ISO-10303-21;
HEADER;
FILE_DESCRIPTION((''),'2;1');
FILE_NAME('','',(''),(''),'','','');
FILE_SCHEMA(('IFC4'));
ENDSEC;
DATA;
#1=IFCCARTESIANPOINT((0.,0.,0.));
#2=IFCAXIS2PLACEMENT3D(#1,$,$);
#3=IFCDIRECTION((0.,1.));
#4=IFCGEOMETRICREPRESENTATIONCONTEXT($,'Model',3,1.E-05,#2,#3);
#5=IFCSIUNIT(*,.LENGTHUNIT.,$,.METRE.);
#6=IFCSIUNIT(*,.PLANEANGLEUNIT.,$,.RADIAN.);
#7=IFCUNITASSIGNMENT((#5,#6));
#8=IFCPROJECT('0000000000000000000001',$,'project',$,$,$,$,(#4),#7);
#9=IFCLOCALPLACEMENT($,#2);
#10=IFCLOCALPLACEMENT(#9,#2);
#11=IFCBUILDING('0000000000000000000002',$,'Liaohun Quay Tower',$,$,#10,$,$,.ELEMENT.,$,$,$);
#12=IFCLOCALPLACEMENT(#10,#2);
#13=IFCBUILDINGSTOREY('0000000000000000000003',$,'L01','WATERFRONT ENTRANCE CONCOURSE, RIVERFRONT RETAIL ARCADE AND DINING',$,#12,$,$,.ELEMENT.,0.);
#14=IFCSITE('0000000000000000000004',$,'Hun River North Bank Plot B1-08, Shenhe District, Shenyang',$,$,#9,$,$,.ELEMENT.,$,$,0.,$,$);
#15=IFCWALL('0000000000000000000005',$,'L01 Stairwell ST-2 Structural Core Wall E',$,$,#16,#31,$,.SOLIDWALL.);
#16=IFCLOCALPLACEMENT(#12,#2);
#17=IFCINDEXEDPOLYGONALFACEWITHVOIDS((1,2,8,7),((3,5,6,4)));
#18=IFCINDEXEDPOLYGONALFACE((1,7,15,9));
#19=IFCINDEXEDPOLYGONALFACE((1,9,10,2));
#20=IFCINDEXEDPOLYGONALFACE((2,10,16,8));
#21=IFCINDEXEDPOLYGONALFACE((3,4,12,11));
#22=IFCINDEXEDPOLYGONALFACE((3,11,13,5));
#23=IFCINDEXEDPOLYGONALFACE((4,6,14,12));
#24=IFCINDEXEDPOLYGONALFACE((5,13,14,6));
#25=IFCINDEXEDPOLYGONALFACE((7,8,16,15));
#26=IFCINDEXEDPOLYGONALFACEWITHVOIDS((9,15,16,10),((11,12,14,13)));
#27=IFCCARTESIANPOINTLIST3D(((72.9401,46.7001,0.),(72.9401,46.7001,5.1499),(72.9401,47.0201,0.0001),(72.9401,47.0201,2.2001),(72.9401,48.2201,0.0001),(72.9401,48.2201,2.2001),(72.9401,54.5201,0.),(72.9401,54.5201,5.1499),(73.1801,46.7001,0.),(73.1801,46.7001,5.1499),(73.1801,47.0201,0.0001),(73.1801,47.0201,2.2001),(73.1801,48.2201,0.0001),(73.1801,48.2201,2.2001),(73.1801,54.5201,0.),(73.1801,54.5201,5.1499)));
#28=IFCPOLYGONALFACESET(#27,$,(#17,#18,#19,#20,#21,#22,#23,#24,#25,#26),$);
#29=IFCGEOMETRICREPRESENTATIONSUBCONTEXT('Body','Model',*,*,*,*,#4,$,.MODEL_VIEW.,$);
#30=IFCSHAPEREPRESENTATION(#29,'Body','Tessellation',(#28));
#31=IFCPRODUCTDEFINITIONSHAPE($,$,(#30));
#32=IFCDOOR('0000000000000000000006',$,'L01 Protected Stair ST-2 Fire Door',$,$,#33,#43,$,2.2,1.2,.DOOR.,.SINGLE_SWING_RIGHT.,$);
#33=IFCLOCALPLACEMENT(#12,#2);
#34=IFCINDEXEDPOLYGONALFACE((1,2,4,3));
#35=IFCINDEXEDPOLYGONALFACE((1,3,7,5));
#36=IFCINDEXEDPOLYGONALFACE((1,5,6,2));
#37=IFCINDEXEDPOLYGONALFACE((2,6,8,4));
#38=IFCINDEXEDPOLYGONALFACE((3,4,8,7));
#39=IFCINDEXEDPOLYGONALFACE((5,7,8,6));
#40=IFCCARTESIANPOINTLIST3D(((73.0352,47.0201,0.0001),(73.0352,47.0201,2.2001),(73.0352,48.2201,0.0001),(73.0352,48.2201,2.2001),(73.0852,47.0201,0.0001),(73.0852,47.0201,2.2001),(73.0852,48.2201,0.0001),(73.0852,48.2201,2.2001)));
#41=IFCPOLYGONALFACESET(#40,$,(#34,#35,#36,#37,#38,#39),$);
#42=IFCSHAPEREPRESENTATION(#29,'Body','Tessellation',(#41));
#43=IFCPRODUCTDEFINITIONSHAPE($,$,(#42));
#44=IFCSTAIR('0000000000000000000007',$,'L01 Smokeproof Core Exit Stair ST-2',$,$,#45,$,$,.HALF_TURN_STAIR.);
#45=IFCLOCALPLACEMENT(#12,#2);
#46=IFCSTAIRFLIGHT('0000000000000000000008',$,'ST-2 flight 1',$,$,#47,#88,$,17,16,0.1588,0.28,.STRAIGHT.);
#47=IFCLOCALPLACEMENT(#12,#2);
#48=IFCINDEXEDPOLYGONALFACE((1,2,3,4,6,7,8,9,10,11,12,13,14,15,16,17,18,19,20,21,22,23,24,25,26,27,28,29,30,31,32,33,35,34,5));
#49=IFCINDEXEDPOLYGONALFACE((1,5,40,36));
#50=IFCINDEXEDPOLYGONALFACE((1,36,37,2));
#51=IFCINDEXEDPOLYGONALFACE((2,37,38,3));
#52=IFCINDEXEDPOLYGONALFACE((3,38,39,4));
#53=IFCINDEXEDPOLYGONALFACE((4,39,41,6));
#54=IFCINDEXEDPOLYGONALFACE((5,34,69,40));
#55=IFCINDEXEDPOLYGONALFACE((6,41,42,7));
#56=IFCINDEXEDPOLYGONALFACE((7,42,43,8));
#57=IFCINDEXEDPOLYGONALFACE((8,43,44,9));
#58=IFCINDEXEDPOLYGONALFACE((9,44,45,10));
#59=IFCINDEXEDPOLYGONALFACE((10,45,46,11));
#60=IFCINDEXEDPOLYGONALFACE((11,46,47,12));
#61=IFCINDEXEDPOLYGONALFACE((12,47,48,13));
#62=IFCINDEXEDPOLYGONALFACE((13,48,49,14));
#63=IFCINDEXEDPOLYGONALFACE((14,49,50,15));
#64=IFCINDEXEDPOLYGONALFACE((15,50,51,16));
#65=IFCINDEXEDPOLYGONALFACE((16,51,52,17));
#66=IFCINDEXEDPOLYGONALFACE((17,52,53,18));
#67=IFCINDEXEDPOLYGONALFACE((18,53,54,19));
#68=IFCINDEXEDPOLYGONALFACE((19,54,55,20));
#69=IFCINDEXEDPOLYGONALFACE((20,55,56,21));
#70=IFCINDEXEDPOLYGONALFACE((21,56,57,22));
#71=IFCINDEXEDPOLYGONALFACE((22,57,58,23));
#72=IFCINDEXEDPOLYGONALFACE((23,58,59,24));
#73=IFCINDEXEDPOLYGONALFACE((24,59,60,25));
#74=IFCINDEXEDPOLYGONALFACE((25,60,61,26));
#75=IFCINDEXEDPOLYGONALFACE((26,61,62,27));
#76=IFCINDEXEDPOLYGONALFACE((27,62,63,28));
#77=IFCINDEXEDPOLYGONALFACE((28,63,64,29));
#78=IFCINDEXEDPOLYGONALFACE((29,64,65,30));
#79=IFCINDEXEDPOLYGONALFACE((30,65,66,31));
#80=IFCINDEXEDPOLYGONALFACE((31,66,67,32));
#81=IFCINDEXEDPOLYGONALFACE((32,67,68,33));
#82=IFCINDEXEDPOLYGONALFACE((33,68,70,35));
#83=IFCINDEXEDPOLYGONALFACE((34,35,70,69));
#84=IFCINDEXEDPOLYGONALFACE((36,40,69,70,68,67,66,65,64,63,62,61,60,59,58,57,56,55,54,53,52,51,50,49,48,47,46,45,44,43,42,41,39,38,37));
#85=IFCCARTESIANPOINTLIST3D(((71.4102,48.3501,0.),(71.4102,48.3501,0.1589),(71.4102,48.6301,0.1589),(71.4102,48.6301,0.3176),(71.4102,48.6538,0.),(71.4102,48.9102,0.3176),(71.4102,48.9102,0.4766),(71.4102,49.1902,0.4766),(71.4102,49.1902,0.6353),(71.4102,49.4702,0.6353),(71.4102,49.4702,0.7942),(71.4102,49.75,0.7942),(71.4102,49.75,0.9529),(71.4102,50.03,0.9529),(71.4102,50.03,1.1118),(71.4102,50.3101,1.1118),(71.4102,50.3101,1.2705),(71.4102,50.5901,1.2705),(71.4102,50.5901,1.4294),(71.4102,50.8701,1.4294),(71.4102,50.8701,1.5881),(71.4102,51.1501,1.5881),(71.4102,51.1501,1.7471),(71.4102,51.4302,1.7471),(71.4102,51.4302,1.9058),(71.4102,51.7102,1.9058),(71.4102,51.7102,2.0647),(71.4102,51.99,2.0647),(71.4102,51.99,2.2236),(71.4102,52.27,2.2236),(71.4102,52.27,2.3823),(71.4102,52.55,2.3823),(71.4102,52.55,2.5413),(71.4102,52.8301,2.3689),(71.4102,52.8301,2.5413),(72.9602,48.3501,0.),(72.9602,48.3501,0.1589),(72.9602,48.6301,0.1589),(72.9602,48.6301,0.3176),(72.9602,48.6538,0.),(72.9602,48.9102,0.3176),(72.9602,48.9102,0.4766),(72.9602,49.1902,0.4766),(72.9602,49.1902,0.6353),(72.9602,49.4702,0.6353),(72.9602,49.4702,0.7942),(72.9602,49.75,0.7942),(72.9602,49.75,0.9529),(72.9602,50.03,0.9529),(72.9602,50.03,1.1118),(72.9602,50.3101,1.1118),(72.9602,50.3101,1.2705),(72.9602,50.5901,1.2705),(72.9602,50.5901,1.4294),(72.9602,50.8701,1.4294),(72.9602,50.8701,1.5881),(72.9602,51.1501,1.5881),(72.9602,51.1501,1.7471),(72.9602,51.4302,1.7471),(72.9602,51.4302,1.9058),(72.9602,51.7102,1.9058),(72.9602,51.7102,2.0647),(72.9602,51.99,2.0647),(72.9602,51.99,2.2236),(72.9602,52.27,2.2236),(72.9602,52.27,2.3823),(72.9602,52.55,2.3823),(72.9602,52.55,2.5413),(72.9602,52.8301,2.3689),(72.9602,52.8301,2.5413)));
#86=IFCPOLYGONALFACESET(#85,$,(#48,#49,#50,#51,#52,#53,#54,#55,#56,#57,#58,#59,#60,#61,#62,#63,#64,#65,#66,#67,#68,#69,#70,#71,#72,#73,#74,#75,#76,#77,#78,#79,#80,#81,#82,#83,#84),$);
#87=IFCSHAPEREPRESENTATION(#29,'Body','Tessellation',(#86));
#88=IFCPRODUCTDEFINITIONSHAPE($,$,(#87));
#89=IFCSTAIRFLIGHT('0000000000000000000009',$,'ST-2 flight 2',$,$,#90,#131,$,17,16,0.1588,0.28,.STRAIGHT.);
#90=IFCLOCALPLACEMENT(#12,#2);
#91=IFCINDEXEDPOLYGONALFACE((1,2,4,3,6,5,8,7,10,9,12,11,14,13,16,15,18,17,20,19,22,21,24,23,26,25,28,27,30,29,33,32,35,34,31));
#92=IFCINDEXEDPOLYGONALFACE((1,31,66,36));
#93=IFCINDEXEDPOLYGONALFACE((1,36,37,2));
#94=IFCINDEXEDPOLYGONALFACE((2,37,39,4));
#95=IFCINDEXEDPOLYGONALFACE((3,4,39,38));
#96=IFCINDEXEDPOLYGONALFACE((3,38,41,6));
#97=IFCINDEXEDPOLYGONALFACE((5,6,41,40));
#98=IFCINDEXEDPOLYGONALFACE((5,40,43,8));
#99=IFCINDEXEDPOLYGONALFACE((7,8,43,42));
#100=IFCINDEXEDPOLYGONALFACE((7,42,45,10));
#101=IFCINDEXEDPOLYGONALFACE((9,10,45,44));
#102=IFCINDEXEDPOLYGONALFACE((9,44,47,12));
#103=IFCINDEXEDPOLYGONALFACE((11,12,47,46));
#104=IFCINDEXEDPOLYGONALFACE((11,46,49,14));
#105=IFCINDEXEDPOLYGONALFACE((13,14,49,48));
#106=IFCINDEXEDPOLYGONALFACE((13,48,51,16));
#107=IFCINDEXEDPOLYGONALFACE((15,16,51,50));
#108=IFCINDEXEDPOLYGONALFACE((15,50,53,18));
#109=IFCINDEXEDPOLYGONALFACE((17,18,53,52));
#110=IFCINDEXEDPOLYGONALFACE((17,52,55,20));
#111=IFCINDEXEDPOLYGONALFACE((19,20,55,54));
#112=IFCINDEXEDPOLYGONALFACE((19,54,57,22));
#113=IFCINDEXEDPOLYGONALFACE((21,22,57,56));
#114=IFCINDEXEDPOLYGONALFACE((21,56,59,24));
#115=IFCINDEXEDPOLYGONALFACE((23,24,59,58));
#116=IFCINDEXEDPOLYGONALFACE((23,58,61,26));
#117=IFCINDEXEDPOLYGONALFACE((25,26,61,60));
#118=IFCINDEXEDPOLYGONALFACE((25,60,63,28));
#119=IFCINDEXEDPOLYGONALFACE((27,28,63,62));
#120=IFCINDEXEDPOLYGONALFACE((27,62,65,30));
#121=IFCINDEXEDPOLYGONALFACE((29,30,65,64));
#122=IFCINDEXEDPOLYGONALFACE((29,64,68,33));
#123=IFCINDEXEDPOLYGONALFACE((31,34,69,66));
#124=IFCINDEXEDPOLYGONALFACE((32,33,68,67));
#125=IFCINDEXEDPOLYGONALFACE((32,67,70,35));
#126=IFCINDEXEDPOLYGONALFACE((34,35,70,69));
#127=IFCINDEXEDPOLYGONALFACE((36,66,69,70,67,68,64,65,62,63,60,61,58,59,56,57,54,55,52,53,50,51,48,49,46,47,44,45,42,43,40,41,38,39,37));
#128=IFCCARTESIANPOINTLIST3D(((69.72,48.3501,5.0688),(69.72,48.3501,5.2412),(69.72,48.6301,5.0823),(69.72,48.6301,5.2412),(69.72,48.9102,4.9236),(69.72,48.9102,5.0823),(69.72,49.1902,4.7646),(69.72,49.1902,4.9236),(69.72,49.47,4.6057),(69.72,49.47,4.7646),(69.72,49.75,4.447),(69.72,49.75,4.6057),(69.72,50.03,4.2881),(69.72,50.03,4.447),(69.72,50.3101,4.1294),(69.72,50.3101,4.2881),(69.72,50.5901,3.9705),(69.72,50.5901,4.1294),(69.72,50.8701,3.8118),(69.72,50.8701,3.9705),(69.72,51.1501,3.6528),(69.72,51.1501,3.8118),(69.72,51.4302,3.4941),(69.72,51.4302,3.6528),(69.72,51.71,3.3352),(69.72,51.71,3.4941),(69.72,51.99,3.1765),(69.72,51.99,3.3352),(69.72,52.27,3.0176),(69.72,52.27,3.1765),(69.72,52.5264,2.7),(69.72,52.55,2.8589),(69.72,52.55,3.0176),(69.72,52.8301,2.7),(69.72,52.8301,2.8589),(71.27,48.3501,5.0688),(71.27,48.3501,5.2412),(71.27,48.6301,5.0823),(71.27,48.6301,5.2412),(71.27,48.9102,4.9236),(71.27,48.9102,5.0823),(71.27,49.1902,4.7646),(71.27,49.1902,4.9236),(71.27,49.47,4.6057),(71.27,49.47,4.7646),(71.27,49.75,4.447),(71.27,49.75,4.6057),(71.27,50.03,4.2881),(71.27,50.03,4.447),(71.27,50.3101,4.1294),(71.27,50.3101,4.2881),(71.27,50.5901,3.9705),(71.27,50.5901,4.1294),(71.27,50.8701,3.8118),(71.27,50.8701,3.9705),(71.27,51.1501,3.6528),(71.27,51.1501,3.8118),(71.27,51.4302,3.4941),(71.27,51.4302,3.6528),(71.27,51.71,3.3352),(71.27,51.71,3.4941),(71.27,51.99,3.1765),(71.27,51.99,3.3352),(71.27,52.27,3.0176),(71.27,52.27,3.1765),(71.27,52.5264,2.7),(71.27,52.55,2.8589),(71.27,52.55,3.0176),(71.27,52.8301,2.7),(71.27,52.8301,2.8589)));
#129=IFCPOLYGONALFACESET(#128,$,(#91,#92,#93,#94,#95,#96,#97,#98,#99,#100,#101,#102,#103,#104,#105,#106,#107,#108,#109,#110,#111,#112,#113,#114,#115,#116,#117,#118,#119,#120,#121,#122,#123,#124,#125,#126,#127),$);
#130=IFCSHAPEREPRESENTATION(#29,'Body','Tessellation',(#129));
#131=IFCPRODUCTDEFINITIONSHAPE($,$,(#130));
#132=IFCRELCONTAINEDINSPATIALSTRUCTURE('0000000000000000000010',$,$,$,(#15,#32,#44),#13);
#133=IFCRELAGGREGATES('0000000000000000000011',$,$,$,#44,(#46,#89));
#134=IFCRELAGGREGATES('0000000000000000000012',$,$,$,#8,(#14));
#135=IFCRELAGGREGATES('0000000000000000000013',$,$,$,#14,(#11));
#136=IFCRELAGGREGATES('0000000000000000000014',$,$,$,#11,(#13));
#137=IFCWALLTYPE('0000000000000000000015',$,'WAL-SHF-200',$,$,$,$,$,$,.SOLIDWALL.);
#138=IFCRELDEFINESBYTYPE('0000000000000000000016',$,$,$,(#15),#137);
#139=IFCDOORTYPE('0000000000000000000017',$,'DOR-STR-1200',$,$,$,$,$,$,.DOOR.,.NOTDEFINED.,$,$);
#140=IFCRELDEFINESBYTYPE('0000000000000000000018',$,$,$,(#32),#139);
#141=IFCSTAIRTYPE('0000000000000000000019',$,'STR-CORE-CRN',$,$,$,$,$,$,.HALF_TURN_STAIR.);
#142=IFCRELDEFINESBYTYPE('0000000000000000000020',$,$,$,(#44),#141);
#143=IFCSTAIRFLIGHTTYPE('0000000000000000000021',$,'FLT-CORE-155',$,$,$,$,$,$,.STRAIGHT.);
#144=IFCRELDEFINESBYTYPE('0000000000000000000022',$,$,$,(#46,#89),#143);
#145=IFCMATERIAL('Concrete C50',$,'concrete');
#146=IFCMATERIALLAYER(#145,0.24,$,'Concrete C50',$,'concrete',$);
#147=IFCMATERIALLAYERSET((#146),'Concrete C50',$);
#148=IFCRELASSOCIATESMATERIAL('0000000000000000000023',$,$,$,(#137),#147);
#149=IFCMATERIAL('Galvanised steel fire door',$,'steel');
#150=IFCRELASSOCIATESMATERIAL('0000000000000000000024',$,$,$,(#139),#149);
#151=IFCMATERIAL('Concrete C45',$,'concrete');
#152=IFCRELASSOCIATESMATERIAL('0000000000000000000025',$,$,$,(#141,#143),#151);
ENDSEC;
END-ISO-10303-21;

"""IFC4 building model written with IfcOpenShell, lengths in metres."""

from ifc_helpers import new_model, si_unit, direction, frame, frame_2d, origin, place, context, subcontext, project, spatial, polyline, rectangle, outline, extrude, source, transform, mapped, material, layer, layer_set, type_object, element, fill, aggregate, save


model = new_model("IFC4")

# Units and contexts
model_context = context("Model", 3, precision=1e-05, world=origin(), true_north=direction((0.0, 1.0)))
body_context = subcontext(model_context, "Body", "Model", "MODEL_VIEW")
ifc_project = project(units=[si_unit("LENGTHUNIT", "METRE"), si_unit("PLANEANGLEUNIT", "RADIAN")], contexts=[model_context])

# Site, building, storey
site_placement = place(None, origin())
site = spatial("IfcSite", under=ifc_project, at=site_placement, Name="Hun River North Bank Plot B1-08, Shenhe District, Shenyang", CompositionType="ELEMENT", RefElevation=0.0)
building_placement = place(site_placement, origin())
building = spatial("IfcBuilding", under=site, at=building_placement, Name="Liaohun Quay Tower", CompositionType="ELEMENT")
storey_placement = place(building_placement, origin())
storey = spatial("IfcBuildingStorey", under=building, at=storey_placement, Name="L01", Description="WATERFRONT ENTRANCE CONCOURSE, RIVERFRONT RETAIL ARCADE AND DINING", CompositionType="ELEMENT", Elevation=0.0)

# Shared definitions
ifc_material_1 = material(Name="Concrete C50", Category="concrete")
ifc_layer_1 = layer(ifc_material_1, 0.24, Name="Concrete C50", Category="concrete")
ifc_layer_set_1 = layer_set([ifc_layer_1], Name="Concrete C50")
wall_type_1 = type_object("IfcWallType", Name="WAL-SHF-200", PredefinedType="SOLIDWALL", material=ifc_layer_set_1)

# Wall, opening, door
wall_1_placement = place(storey_placement, frame((73.0601, 46.7, 0.0), z_axis=(0.0, 0.0, 1.0), x_axis=(0.0, 1.0, 0.0)))
wall_1 = element("IfcWall", 1, at=wall_1_placement, inside=storey, type_object=wall_type_1, Name="L01 Stairwell ST-2 Structural Core Wall E", PredefinedType="SOLIDWALL", context=body_context, shape_type="SweptSolid", body=[
    extrude(rectangle(XDim=7.8201, YDim=0.24, at=frame_2d((3.9102, 0.0))), origin(), (0.0, 0.0, 1.0), 5.1499),
])
shared_shape_1 = source(origin(), body_context, "Body", "SweptSolid", [
    extrude(rectangle(XDim=1.2, YDim=2.2, at=frame_2d((0.6001, 1.1001))), frame((0.0, 0.1299, 0.0), z_axis=(0.0, -1.0, 0.0), x_axis=(1.0, 0.0, 0.0)), (0.0, 0.0, 1.0), 0.26),
])
opening_1_placement = place(wall_1_placement, frame((0.3201, 0.0, 0.0)))
opening_1 = element("IfcOpeningElement", 2, at=opening_1_placement, cuts=wall_1, PredefinedType="OPENING", context=body_context, shape_type="MappedRepresentation", body=[
    mapped(shared_shape_1, transform((0.0, 0.0, 0.0), x_axis=(1.0, 0.0, 0.0), y_axis=(0.0, 1.0, 0.0), z_axis=(0.0, 0.0, 1.0), scale=1.0)),
])
ifc_material_2 = material(Name="Galvanised steel fire door", Category="steel")
door_type_1 = type_object("IfcDoorType", Name="DOR-STR-1200", OperationType="NOTDEFINED", PredefinedType="DOOR", material=ifc_material_2)
shared_shape_2 = source(origin(), body_context, "Body", "SweptSolid", [
    extrude(rectangle(XDim=1.2, YDim=2.2, at=frame_2d((0.6001, 1.1001))), frame((0.0, 0.0249, 0.0), z_axis=(0.0, -1.0, 0.0), x_axis=(1.0, 0.0, 0.0)), (0.0, 0.0, 1.0), 0.05),
])
door_1_placement = place(opening_1_placement, origin())
door_1 = element("IfcDoor", 3, at=door_1_placement, inside=storey, type_object=door_type_1, Name="L01 Protected Stair ST-2 Fire Door", OperationType="SINGLE_SWING_RIGHT", OverallHeight=2.2, OverallWidth=1.2, PredefinedType="DOOR", context=body_context, shape_type="MappedRepresentation", body=[
    mapped(shared_shape_2, transform((0.0, 0.0, 0.0), x_axis=(1.0, 0.0, 0.0), y_axis=(0.0, 1.0, 0.0), z_axis=(0.0, 0.0, 1.0), scale=1.0)),
])
fill(opening_1, door_1)

# Stair, stair flights
ifc_material_3 = material(Name="Concrete C45", Category="concrete")
stair_type = type_object("IfcStairType", Name="STR-CORE-CRN", PredefinedType="HALF_TURN_STAIR", material=ifc_material_3)
stair_placement = place(storey_placement, origin())
stair = element("IfcStair", 4, at=stair_placement, inside=storey, type_object=stair_type, Name="L01 Smokeproof Core Exit Stair ST-2", PredefinedType="HALF_TURN_STAIR")
stair_flight_type = type_object("IfcStairFlightType", Name="FLT-CORE-155", PredefinedType="STRAIGHT", material=ifc_material_3)
stair_flight_1_placement = place(storey_placement, frame((72.1851, 48.3501, 0.0), z_axis=(0.0, 0.0, 1.0), x_axis=(0.0, 1.0, 0.0)))
stair_flight_1 = element("IfcStairFlight", 5, at=stair_flight_1_placement, type_object=stair_flight_type, Name="ST-2 flight 1", NumberOfRisers=17, NumberOfTreads=16, PredefinedType="STRAIGHT", RiserHeight=0.1588, TreadLength=0.28, context=body_context, shape_type="SweptSolid", body=[
    extrude(outline(polyline([(0.0, 0.0), (0.0, 0.1589), (0.28, 0.1589), (0.28, 0.3176), (0.5601, 0.3176), (0.5601, 0.4766), (0.8401, 0.4766), (0.8401, 0.6353), (1.1201, 0.6353), (1.1201, 0.7942), (1.3999, 0.7942), (1.3999, 0.9529), (1.6799, 0.9529), (1.6799, 1.1118), (1.96, 1.1118), (1.96, 1.2705), (2.24, 1.2705), (2.24, 1.4294), (2.52, 1.4294), (2.52, 1.5881), (2.8, 1.5881), (2.8, 1.7471), (3.0801, 1.7471), (3.0801, 1.9058), (3.3601, 1.9058), (3.3601, 2.0647), (3.6399, 2.0647), (3.6399, 2.2236), (3.9199, 2.2236), (3.9199, 2.3823), (4.2, 2.3823), (4.2, 2.5413), (4.48, 2.5413), (4.48, 2.7), (4.48, 2.3689), (0.3037, 0.0), (0.0, 0.0)])), frame((0.0, 0.7749, 0.0), z_axis=(0.0, -1.0, 0.0), x_axis=(1.0, 0.0, 0.0)), (0.0, 0.0, 1.0), 1.55),
])
stair_flight_2_placement = place(storey_placement, frame((70.4951, 52.8301, 2.7), z_axis=(0.0, 0.0, 1.0), x_axis=(0.0, -1.0, 0.0)))
stair_flight_2 = element("IfcStairFlight", 6, at=stair_flight_2_placement, type_object=stair_flight_type, Name="ST-2 flight 2", NumberOfRisers=17, NumberOfTreads=16, PredefinedType="STRAIGHT", RiserHeight=0.1588, TreadLength=0.28, context=body_context, shape_type="SweptSolid", body=[
    extrude(outline(polyline([(0.0, 0.0), (0.0, 0.1589), (0.28, 0.1589), (0.28, 0.3176), (0.5601, 0.3176), (0.5601, 0.4766), (0.8401, 0.4766), (0.8401, 0.6353), (1.1201, 0.6353), (1.1201, 0.7942), (1.3999, 0.7942), (1.3999, 0.9529), (1.6799, 0.9529), (1.6799, 1.1118), (1.96, 1.1118), (1.96, 1.2705), (2.24, 1.2705), (2.24, 1.4294), (2.52, 1.4294), (2.52, 1.5881), (2.8, 1.5881), (2.8, 1.7471), (3.0801, 1.7471), (3.0801, 1.9058), (3.3601, 1.9058), (3.3601, 2.0647), (3.6399, 2.0647), (3.6399, 2.2236), (3.9199, 2.2236), (3.9199, 2.3823), (4.2, 2.3823), (4.2, 2.5413), (4.48, 2.5413), (4.48, 2.7), (4.48, 2.3689), (0.3037, 0.0), (0.0, 0.0)])), frame((0.0, 0.7749, 0.0), z_axis=(0.0, -1.0, 0.0), x_axis=(1.0, 0.0, 0.0)), (0.0, 0.0, 1.0), 1.55),
])
aggregate(stair, [stair_flight_1, stair_flight_2])

save(model, "model.ifc")
